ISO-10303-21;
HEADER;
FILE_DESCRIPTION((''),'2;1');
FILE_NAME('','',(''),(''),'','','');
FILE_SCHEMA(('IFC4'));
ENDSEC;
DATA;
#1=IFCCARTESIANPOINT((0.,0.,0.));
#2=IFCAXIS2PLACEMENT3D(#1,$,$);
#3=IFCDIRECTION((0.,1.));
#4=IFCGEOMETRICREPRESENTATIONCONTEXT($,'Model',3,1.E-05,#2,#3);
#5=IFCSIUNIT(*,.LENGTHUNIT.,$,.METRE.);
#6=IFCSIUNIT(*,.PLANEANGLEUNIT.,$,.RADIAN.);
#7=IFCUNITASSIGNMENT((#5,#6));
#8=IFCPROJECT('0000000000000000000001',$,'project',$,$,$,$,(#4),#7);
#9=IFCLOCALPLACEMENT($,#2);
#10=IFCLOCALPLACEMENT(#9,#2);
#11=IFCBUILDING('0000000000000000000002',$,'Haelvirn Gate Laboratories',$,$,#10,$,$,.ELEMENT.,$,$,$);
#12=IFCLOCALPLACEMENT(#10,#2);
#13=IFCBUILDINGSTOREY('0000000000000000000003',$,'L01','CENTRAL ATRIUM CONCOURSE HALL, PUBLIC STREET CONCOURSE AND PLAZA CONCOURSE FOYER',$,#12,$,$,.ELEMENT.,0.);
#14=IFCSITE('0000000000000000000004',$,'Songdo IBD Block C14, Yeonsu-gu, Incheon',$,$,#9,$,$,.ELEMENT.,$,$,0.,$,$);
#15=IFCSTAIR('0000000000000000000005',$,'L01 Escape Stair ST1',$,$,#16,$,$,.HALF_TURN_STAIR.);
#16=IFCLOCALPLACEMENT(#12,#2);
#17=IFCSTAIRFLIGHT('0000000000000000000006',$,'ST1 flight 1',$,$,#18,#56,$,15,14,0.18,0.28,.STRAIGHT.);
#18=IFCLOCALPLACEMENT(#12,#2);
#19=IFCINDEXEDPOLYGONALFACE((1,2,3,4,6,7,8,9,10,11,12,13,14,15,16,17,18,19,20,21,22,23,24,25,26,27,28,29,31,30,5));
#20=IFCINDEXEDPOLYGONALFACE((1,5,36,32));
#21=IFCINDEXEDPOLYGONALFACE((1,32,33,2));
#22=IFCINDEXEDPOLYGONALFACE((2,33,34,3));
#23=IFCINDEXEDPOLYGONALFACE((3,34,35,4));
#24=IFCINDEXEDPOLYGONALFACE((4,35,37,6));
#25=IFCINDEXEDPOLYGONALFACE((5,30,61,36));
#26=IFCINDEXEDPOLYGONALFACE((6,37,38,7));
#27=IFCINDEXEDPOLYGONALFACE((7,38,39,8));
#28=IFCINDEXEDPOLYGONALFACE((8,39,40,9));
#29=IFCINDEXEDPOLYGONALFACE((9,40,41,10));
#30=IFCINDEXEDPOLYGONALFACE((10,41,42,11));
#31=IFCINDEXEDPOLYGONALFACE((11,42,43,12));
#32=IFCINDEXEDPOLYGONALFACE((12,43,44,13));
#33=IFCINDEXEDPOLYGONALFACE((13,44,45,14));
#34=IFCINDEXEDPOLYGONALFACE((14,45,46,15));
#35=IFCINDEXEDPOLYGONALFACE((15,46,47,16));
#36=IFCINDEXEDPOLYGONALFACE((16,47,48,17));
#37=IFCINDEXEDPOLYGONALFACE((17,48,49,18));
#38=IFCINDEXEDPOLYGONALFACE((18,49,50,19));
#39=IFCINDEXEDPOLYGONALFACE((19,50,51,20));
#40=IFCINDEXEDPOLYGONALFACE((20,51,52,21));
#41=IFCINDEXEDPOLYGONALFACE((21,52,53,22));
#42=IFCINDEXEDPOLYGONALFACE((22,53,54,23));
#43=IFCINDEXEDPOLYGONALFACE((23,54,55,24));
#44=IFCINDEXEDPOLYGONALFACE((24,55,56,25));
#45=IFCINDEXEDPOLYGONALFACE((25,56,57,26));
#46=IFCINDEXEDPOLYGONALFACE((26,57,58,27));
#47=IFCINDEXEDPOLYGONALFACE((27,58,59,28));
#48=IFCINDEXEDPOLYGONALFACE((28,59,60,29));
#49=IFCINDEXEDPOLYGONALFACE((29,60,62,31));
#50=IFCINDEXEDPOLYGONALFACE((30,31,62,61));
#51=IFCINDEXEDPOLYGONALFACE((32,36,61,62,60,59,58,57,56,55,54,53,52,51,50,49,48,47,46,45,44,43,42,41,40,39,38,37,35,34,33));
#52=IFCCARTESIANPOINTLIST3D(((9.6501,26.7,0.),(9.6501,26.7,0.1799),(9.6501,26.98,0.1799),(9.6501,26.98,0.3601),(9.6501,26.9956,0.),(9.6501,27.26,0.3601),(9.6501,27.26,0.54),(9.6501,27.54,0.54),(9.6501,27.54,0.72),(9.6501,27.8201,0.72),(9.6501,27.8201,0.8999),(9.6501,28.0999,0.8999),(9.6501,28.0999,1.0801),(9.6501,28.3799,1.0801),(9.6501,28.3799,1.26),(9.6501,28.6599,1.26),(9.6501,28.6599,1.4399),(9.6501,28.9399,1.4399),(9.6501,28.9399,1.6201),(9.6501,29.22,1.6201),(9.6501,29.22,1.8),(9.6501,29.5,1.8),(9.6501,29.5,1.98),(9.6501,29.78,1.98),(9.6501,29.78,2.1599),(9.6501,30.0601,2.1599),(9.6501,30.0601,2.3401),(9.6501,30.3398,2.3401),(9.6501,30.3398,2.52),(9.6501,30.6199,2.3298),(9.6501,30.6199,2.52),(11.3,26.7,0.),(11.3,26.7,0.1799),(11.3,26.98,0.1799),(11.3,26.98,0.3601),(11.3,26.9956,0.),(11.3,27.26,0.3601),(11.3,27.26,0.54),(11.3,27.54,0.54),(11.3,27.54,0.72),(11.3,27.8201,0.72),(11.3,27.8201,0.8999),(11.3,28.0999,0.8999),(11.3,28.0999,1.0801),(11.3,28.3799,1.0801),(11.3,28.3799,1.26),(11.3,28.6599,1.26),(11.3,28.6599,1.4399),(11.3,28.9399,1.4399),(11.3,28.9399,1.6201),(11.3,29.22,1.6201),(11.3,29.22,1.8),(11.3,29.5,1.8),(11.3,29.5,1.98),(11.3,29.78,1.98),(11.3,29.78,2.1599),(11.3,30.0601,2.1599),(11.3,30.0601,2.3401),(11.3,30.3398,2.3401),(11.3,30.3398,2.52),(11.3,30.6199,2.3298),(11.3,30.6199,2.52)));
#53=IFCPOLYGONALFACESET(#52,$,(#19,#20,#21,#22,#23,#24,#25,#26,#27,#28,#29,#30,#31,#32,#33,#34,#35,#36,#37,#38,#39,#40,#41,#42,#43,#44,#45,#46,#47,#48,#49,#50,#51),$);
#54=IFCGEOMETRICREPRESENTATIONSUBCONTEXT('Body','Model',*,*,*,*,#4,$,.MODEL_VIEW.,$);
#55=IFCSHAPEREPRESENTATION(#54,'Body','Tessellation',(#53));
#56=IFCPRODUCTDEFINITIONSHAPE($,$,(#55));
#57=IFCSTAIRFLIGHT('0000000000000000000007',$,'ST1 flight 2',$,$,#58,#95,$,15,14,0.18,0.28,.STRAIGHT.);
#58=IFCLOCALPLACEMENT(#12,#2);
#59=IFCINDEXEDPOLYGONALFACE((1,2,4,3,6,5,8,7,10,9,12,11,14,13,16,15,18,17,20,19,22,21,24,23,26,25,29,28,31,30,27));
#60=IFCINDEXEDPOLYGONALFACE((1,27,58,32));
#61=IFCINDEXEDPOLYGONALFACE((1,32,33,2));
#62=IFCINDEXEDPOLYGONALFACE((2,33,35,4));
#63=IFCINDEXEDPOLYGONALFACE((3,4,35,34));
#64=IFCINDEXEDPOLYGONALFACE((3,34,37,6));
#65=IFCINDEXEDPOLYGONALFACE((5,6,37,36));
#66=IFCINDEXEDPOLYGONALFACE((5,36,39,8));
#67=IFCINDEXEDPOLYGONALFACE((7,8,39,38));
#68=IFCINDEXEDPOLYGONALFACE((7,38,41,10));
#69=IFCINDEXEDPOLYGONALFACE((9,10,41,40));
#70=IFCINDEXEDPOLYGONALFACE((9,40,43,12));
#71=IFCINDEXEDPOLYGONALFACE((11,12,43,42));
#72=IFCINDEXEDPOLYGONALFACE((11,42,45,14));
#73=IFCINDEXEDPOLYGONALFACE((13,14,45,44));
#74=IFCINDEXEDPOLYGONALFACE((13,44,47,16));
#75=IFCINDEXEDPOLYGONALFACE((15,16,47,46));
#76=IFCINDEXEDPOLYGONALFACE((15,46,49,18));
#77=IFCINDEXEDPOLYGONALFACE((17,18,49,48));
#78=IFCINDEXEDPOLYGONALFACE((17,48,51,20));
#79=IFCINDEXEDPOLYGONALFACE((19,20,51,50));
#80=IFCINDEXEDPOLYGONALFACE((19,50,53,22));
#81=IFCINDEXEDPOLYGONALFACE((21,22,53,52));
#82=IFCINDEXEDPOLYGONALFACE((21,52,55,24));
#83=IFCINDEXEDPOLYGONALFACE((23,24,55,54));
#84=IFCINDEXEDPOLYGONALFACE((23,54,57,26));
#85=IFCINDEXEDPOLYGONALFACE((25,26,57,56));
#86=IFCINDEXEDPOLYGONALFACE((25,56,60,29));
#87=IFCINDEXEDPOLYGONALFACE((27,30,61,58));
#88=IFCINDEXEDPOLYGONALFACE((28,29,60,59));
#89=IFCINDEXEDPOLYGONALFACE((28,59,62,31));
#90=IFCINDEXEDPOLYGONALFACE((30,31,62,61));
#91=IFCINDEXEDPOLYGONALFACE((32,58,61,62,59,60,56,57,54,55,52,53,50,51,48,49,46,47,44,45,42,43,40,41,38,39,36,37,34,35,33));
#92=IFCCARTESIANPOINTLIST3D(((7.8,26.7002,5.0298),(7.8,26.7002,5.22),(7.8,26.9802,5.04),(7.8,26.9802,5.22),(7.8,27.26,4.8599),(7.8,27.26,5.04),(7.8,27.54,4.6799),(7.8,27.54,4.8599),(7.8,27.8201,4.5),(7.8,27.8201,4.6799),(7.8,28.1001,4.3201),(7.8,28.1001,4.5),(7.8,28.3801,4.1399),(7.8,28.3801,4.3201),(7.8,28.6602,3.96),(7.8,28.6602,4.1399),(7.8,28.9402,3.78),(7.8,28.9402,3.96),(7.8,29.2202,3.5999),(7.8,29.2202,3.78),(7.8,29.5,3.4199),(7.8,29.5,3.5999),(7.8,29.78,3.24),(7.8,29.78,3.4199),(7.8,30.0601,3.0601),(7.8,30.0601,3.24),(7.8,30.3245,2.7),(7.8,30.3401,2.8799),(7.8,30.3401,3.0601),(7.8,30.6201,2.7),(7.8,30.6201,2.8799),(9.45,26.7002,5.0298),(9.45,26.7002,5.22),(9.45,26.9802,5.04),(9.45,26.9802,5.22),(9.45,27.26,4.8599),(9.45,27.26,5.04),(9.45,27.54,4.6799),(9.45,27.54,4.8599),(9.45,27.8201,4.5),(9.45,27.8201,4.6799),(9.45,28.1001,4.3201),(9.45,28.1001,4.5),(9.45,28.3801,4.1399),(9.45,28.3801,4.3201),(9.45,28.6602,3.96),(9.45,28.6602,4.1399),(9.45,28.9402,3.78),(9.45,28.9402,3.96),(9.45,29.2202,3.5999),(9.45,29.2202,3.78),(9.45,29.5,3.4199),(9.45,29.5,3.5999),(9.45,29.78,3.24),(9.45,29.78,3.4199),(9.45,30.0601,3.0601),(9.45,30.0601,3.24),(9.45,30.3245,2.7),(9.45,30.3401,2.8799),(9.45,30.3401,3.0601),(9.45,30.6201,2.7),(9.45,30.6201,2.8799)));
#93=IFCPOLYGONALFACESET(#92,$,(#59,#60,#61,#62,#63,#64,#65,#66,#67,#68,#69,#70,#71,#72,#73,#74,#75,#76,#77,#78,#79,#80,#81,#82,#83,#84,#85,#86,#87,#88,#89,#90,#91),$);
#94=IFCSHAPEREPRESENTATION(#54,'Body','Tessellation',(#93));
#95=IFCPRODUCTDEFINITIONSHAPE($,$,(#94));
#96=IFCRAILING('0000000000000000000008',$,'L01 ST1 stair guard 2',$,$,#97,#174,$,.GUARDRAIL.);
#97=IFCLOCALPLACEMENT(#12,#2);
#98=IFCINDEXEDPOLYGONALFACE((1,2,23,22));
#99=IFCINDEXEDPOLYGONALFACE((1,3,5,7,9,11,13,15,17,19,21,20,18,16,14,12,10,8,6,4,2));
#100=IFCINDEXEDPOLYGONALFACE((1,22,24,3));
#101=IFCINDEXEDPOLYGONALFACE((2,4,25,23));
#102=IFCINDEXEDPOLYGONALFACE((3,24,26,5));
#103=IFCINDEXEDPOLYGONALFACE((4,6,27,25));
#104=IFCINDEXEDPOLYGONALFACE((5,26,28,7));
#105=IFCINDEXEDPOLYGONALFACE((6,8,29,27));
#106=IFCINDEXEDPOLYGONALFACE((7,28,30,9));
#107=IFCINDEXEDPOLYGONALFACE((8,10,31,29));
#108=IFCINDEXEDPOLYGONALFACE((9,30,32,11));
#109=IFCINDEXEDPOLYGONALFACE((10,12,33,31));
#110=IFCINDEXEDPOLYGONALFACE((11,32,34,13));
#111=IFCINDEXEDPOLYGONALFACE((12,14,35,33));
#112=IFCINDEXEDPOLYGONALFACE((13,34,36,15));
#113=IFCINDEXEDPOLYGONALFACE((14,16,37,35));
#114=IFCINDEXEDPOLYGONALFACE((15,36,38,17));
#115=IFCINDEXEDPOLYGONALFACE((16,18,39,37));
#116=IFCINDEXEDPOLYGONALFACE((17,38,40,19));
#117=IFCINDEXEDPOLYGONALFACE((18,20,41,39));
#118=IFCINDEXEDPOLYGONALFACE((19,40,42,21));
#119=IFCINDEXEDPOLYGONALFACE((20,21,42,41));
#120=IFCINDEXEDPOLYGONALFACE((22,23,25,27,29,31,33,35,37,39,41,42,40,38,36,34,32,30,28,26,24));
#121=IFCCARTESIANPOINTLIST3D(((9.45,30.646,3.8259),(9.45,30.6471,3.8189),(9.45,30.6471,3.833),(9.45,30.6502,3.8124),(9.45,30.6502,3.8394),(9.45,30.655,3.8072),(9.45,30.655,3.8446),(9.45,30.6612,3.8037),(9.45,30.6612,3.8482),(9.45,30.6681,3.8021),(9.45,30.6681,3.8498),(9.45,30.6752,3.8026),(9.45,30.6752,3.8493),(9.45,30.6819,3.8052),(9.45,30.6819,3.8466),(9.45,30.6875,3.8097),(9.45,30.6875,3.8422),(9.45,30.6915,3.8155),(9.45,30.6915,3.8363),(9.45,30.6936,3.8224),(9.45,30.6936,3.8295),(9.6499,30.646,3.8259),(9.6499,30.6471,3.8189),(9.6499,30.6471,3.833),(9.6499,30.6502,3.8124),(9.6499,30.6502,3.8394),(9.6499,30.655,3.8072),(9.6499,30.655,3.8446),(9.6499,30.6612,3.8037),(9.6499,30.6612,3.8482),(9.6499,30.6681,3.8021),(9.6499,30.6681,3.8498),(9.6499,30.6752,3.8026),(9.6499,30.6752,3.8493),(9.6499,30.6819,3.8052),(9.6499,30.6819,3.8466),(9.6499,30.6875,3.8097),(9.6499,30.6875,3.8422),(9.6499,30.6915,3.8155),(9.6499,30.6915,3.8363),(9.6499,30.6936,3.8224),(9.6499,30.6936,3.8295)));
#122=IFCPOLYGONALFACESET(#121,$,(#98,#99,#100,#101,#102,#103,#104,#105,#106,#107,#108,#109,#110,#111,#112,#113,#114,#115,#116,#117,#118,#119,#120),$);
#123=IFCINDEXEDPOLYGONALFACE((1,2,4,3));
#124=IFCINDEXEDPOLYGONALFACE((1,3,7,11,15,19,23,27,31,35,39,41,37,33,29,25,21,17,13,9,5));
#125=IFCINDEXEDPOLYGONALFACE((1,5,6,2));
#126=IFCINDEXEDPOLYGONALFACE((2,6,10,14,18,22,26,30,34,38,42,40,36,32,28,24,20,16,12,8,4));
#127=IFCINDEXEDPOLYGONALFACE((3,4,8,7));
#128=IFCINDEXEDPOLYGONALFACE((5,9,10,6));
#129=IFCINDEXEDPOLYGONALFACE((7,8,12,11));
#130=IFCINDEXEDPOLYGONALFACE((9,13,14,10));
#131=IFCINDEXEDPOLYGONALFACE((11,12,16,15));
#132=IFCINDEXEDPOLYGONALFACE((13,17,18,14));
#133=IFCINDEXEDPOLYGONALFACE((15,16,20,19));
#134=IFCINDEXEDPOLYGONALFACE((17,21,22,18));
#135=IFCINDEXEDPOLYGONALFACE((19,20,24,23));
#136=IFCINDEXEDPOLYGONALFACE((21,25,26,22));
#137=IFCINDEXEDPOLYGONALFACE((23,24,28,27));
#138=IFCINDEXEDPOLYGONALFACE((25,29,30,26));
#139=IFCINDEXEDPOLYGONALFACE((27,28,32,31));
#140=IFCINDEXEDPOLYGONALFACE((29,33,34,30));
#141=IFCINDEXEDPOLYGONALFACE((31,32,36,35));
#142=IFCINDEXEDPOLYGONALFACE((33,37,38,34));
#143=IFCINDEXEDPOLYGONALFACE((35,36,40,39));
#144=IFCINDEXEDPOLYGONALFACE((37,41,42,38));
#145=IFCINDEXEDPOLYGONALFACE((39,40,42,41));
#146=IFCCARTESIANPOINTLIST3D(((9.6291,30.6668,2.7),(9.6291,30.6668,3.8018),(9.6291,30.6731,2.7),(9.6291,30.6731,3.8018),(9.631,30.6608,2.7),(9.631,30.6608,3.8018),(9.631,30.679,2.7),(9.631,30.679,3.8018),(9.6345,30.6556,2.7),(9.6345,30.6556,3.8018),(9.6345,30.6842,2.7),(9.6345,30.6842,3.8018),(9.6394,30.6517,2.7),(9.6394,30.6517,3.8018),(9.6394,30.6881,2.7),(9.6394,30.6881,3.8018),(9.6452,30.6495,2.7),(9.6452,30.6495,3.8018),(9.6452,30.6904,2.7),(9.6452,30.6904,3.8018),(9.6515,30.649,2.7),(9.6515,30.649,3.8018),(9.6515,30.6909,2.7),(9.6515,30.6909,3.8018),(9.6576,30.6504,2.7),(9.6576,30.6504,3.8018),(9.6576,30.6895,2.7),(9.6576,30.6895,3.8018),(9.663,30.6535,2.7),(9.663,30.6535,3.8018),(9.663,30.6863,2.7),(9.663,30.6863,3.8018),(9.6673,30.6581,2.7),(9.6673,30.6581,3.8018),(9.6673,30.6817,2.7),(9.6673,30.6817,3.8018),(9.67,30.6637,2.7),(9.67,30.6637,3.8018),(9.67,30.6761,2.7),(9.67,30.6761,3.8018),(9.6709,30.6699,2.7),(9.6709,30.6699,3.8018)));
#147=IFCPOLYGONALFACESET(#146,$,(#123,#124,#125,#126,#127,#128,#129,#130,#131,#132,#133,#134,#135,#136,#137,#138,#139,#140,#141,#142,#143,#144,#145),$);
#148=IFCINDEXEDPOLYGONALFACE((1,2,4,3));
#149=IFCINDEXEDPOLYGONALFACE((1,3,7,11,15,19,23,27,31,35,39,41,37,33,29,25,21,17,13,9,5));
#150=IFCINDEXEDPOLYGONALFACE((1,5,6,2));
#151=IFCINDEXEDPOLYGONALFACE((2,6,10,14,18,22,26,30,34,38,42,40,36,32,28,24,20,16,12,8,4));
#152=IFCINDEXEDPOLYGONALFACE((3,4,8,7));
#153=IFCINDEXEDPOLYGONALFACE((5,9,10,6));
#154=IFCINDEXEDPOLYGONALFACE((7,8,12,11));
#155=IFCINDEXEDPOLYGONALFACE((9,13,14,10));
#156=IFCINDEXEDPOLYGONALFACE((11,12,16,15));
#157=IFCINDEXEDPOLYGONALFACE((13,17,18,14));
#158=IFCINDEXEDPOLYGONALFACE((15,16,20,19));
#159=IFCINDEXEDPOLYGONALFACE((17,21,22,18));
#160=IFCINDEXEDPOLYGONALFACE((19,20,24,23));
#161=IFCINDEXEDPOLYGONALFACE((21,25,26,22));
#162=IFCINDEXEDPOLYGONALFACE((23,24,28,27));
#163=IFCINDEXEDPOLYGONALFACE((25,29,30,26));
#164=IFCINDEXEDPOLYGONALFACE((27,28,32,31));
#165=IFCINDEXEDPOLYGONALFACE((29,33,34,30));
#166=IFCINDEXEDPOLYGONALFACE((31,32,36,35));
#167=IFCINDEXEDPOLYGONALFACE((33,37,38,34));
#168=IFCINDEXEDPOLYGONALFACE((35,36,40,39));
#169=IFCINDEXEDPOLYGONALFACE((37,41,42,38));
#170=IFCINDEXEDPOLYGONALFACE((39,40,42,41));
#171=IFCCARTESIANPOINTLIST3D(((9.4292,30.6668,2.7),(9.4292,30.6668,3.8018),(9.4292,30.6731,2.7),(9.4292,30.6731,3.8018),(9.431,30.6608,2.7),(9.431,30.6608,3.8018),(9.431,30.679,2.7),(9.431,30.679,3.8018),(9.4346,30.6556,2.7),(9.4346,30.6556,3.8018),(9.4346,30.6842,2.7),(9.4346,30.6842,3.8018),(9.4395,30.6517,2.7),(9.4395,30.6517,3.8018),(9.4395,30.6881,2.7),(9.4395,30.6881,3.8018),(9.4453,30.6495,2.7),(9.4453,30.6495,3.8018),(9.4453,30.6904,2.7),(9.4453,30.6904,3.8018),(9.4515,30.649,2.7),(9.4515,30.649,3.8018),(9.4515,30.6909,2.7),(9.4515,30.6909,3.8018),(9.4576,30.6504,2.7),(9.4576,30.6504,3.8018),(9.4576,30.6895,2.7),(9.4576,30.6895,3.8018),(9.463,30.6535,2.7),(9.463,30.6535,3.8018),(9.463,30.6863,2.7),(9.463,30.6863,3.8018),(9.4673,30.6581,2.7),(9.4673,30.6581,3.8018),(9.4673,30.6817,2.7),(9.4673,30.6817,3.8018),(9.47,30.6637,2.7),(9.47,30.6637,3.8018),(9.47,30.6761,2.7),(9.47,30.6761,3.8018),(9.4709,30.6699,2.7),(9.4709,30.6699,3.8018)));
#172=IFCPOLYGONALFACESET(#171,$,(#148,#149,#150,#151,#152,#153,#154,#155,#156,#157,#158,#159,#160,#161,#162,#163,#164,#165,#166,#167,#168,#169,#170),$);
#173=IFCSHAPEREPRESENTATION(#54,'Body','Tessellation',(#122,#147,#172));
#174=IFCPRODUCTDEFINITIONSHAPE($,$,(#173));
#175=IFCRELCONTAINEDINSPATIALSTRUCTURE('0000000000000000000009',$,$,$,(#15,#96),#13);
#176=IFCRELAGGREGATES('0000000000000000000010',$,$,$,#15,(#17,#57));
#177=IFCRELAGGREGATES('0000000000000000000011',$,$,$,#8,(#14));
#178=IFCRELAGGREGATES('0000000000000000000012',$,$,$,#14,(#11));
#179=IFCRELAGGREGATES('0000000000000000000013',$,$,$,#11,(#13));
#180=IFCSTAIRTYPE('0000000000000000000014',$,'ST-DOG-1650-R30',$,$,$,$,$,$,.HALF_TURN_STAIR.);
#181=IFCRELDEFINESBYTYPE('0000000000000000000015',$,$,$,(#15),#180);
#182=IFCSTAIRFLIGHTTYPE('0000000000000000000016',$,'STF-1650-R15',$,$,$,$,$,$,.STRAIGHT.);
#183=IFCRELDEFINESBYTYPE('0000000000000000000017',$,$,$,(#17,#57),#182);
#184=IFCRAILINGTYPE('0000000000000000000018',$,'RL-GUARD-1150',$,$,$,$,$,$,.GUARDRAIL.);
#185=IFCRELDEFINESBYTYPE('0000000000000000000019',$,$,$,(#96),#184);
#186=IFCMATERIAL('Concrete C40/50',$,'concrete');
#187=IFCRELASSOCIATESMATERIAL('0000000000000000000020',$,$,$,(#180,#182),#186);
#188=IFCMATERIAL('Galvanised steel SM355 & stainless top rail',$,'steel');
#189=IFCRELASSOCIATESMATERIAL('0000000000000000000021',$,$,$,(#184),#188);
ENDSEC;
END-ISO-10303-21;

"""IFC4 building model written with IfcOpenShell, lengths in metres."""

from ifc_helpers import new_model, si_unit, direction, frame, origin, origin_2d, place, context, subcontext, project, spatial, polyline, circle, outline, extrude, source, transform, mapped, material, type_object, type_shapes, element, aggregate, save


model = new_model("IFC4")

# Units and contexts
model_context = context("Model", 3, precision=1e-05, world=origin(), true_north=direction((0.0, 1.0)))
body_context = subcontext(model_context, "Body", "Model", "MODEL_VIEW")
ifc_project = project(units=[si_unit("LENGTHUNIT", "METRE"), si_unit("PLANEANGLEUNIT", "RADIAN")], contexts=[model_context])

# Site, building, storey
site_placement = place(None, origin())
site = spatial("IfcSite", under=ifc_project, at=site_placement, Name="Songdo IBD Block C14, Yeonsu-gu, Incheon", CompositionType="ELEMENT", RefElevation=0.0)
building_placement = place(site_placement, origin())
building = spatial("IfcBuilding", under=site, at=building_placement, Name="Haelvirn Gate Laboratories", CompositionType="ELEMENT")
storey_placement = place(building_placement, origin())
storey = spatial("IfcBuildingStorey", under=building, at=storey_placement, Name="L01", Description="CENTRAL ATRIUM CONCOURSE HALL, PUBLIC STREET CONCOURSE AND PLAZA CONCOURSE FOYER", CompositionType="ELEMENT", Elevation=0.0)

# Shared definitions
ifc_material_1 = material(Name="Concrete C40/50", Category="concrete")

# Stair, stair flights
stair_type = type_object("IfcStairType", Name="ST-DOG-1650-R30", PredefinedType="HALF_TURN_STAIR", material=ifc_material_1)
stair_placement = place(storey_placement, origin())
stair = element("IfcStair", 1, at=stair_placement, inside=storey, type_object=stair_type, Name="L01 Escape Stair ST1", PredefinedType="HALF_TURN_STAIR")
stair_flight_type = type_object("IfcStairFlightType", Name="STF-1650-R15", PredefinedType="STRAIGHT", material=ifc_material_1)
shared_shape_1 = source(origin(), body_context, "Body", "SweptSolid", [
    extrude(outline(polyline([(0.0, 0.0), (0.0, 0.1799), (0.28, 0.1799), (0.28, 0.3601), (0.5601, 0.3601), (0.5601, 0.54), (0.8401, 0.54), (0.8401, 0.72), (1.1201, 0.72), (1.1201, 0.8999), (1.3999, 0.8999), (1.3999, 1.0801), (1.6799, 1.0801), (1.6799, 1.26), (1.96, 1.26), (1.96, 1.4399), (2.24, 1.4399), (2.24, 1.6201), (2.52, 1.6201), (2.52, 1.8), (2.8, 1.8), (2.8, 1.98), (3.0801, 1.98), (3.0801, 2.1599), (3.3601, 2.1599), (3.3601, 2.3401), (3.6399, 2.3401), (3.6399, 2.52), (3.9199, 2.52), (3.9199, 2.7), (3.9199, 2.3298), (0.2957, 0.0), (0.0, 0.0)])), frame((0.0, 0.825, 0.0), z_axis=(0.0, -1.0, 0.0), x_axis=(1.0, 0.0, 0.0)), (0.0, 0.0, 1.0), 1.6499),
])
type_shapes(stair_flight_type, [shared_shape_1])
stair_flight_1_placement = place(storey_placement, frame((10.4751, 26.7, 0.0), z_axis=(0.0, 0.0, 1.0), x_axis=(0.0, 1.0, 0.0)))
stair_flight_1 = element("IfcStairFlight", 2, at=stair_flight_1_placement, type_object=stair_flight_type, Name="ST1 flight 1", NumberOfRisers=15, NumberOfTreads=14, PredefinedType="STRAIGHT", RiserHeight=0.18, TreadLength=0.28, context=body_context, shape_type="MappedRepresentation", body=[
    mapped(shared_shape_1, transform((0.0, 0.0, 0.0), scale=1.0)),
])
stair_flight_2_placement = place(storey_placement, frame((8.625, 30.6201, 2.7), z_axis=(0.0, 0.0, 1.0), x_axis=(0.0, -1.0, 0.0)))
stair_flight_2 = element("IfcStairFlight", 3, at=stair_flight_2_placement, type_object=stair_flight_type, Name="ST1 flight 2", NumberOfRisers=15, NumberOfTreads=14, PredefinedType="STRAIGHT", RiserHeight=0.18, TreadLength=0.28, context=body_context, shape_type="MappedRepresentation", body=[
    mapped(shared_shape_1, transform((0.0, 0.0, 0.0), scale=1.0)),
])
aggregate(stair, [stair_flight_1, stair_flight_2])

# Railing
ifc_material_2 = material(Name="Galvanised steel SM355 & stainless top rail", Category="steel")
railing_type_1 = type_object("IfcRailingType", Name="RL-GUARD-1150", PredefinedType="GUARDRAIL", material=ifc_material_2)
shared_shape_2 = source(origin(), body_context, "Body", "SweptSolid", [
    extrude(circle(Radius=0.0239, at=origin_2d()), frame((0.0, 0.0, 1.126), z_axis=(-1.0, 0.0, 0.0), x_axis=(0.0, -1.0, 0.0)), (0.0, 0.0, 1.0), 0.2),
    extrude(circle(Radius=0.021, at=origin_2d()), origin(), (0.0, 0.0, 1.0), 1.1018),
    extrude(circle(Radius=0.021, at=origin_2d()), frame((-0.2, 0.0, 0.0)), (0.0, 0.0, 1.0), 1.1018),
])
for number, where, name in (
    (4, (9.6499, 30.6699, 2.7), "L01 ST1 stair guard 2"),
):
    element("IfcRailing", number, at=place(storey_placement, frame(where)), inside=storey, type_object=railing_type_1, Name=name, PredefinedType="GUARDRAIL", context=body_context, shape_type="MappedRepresentation", body=[
        mapped(shared_shape_2, transform((0.0, 0.0, 0.0), scale=1.0)),
    ])

save(model, "model.ifc")
